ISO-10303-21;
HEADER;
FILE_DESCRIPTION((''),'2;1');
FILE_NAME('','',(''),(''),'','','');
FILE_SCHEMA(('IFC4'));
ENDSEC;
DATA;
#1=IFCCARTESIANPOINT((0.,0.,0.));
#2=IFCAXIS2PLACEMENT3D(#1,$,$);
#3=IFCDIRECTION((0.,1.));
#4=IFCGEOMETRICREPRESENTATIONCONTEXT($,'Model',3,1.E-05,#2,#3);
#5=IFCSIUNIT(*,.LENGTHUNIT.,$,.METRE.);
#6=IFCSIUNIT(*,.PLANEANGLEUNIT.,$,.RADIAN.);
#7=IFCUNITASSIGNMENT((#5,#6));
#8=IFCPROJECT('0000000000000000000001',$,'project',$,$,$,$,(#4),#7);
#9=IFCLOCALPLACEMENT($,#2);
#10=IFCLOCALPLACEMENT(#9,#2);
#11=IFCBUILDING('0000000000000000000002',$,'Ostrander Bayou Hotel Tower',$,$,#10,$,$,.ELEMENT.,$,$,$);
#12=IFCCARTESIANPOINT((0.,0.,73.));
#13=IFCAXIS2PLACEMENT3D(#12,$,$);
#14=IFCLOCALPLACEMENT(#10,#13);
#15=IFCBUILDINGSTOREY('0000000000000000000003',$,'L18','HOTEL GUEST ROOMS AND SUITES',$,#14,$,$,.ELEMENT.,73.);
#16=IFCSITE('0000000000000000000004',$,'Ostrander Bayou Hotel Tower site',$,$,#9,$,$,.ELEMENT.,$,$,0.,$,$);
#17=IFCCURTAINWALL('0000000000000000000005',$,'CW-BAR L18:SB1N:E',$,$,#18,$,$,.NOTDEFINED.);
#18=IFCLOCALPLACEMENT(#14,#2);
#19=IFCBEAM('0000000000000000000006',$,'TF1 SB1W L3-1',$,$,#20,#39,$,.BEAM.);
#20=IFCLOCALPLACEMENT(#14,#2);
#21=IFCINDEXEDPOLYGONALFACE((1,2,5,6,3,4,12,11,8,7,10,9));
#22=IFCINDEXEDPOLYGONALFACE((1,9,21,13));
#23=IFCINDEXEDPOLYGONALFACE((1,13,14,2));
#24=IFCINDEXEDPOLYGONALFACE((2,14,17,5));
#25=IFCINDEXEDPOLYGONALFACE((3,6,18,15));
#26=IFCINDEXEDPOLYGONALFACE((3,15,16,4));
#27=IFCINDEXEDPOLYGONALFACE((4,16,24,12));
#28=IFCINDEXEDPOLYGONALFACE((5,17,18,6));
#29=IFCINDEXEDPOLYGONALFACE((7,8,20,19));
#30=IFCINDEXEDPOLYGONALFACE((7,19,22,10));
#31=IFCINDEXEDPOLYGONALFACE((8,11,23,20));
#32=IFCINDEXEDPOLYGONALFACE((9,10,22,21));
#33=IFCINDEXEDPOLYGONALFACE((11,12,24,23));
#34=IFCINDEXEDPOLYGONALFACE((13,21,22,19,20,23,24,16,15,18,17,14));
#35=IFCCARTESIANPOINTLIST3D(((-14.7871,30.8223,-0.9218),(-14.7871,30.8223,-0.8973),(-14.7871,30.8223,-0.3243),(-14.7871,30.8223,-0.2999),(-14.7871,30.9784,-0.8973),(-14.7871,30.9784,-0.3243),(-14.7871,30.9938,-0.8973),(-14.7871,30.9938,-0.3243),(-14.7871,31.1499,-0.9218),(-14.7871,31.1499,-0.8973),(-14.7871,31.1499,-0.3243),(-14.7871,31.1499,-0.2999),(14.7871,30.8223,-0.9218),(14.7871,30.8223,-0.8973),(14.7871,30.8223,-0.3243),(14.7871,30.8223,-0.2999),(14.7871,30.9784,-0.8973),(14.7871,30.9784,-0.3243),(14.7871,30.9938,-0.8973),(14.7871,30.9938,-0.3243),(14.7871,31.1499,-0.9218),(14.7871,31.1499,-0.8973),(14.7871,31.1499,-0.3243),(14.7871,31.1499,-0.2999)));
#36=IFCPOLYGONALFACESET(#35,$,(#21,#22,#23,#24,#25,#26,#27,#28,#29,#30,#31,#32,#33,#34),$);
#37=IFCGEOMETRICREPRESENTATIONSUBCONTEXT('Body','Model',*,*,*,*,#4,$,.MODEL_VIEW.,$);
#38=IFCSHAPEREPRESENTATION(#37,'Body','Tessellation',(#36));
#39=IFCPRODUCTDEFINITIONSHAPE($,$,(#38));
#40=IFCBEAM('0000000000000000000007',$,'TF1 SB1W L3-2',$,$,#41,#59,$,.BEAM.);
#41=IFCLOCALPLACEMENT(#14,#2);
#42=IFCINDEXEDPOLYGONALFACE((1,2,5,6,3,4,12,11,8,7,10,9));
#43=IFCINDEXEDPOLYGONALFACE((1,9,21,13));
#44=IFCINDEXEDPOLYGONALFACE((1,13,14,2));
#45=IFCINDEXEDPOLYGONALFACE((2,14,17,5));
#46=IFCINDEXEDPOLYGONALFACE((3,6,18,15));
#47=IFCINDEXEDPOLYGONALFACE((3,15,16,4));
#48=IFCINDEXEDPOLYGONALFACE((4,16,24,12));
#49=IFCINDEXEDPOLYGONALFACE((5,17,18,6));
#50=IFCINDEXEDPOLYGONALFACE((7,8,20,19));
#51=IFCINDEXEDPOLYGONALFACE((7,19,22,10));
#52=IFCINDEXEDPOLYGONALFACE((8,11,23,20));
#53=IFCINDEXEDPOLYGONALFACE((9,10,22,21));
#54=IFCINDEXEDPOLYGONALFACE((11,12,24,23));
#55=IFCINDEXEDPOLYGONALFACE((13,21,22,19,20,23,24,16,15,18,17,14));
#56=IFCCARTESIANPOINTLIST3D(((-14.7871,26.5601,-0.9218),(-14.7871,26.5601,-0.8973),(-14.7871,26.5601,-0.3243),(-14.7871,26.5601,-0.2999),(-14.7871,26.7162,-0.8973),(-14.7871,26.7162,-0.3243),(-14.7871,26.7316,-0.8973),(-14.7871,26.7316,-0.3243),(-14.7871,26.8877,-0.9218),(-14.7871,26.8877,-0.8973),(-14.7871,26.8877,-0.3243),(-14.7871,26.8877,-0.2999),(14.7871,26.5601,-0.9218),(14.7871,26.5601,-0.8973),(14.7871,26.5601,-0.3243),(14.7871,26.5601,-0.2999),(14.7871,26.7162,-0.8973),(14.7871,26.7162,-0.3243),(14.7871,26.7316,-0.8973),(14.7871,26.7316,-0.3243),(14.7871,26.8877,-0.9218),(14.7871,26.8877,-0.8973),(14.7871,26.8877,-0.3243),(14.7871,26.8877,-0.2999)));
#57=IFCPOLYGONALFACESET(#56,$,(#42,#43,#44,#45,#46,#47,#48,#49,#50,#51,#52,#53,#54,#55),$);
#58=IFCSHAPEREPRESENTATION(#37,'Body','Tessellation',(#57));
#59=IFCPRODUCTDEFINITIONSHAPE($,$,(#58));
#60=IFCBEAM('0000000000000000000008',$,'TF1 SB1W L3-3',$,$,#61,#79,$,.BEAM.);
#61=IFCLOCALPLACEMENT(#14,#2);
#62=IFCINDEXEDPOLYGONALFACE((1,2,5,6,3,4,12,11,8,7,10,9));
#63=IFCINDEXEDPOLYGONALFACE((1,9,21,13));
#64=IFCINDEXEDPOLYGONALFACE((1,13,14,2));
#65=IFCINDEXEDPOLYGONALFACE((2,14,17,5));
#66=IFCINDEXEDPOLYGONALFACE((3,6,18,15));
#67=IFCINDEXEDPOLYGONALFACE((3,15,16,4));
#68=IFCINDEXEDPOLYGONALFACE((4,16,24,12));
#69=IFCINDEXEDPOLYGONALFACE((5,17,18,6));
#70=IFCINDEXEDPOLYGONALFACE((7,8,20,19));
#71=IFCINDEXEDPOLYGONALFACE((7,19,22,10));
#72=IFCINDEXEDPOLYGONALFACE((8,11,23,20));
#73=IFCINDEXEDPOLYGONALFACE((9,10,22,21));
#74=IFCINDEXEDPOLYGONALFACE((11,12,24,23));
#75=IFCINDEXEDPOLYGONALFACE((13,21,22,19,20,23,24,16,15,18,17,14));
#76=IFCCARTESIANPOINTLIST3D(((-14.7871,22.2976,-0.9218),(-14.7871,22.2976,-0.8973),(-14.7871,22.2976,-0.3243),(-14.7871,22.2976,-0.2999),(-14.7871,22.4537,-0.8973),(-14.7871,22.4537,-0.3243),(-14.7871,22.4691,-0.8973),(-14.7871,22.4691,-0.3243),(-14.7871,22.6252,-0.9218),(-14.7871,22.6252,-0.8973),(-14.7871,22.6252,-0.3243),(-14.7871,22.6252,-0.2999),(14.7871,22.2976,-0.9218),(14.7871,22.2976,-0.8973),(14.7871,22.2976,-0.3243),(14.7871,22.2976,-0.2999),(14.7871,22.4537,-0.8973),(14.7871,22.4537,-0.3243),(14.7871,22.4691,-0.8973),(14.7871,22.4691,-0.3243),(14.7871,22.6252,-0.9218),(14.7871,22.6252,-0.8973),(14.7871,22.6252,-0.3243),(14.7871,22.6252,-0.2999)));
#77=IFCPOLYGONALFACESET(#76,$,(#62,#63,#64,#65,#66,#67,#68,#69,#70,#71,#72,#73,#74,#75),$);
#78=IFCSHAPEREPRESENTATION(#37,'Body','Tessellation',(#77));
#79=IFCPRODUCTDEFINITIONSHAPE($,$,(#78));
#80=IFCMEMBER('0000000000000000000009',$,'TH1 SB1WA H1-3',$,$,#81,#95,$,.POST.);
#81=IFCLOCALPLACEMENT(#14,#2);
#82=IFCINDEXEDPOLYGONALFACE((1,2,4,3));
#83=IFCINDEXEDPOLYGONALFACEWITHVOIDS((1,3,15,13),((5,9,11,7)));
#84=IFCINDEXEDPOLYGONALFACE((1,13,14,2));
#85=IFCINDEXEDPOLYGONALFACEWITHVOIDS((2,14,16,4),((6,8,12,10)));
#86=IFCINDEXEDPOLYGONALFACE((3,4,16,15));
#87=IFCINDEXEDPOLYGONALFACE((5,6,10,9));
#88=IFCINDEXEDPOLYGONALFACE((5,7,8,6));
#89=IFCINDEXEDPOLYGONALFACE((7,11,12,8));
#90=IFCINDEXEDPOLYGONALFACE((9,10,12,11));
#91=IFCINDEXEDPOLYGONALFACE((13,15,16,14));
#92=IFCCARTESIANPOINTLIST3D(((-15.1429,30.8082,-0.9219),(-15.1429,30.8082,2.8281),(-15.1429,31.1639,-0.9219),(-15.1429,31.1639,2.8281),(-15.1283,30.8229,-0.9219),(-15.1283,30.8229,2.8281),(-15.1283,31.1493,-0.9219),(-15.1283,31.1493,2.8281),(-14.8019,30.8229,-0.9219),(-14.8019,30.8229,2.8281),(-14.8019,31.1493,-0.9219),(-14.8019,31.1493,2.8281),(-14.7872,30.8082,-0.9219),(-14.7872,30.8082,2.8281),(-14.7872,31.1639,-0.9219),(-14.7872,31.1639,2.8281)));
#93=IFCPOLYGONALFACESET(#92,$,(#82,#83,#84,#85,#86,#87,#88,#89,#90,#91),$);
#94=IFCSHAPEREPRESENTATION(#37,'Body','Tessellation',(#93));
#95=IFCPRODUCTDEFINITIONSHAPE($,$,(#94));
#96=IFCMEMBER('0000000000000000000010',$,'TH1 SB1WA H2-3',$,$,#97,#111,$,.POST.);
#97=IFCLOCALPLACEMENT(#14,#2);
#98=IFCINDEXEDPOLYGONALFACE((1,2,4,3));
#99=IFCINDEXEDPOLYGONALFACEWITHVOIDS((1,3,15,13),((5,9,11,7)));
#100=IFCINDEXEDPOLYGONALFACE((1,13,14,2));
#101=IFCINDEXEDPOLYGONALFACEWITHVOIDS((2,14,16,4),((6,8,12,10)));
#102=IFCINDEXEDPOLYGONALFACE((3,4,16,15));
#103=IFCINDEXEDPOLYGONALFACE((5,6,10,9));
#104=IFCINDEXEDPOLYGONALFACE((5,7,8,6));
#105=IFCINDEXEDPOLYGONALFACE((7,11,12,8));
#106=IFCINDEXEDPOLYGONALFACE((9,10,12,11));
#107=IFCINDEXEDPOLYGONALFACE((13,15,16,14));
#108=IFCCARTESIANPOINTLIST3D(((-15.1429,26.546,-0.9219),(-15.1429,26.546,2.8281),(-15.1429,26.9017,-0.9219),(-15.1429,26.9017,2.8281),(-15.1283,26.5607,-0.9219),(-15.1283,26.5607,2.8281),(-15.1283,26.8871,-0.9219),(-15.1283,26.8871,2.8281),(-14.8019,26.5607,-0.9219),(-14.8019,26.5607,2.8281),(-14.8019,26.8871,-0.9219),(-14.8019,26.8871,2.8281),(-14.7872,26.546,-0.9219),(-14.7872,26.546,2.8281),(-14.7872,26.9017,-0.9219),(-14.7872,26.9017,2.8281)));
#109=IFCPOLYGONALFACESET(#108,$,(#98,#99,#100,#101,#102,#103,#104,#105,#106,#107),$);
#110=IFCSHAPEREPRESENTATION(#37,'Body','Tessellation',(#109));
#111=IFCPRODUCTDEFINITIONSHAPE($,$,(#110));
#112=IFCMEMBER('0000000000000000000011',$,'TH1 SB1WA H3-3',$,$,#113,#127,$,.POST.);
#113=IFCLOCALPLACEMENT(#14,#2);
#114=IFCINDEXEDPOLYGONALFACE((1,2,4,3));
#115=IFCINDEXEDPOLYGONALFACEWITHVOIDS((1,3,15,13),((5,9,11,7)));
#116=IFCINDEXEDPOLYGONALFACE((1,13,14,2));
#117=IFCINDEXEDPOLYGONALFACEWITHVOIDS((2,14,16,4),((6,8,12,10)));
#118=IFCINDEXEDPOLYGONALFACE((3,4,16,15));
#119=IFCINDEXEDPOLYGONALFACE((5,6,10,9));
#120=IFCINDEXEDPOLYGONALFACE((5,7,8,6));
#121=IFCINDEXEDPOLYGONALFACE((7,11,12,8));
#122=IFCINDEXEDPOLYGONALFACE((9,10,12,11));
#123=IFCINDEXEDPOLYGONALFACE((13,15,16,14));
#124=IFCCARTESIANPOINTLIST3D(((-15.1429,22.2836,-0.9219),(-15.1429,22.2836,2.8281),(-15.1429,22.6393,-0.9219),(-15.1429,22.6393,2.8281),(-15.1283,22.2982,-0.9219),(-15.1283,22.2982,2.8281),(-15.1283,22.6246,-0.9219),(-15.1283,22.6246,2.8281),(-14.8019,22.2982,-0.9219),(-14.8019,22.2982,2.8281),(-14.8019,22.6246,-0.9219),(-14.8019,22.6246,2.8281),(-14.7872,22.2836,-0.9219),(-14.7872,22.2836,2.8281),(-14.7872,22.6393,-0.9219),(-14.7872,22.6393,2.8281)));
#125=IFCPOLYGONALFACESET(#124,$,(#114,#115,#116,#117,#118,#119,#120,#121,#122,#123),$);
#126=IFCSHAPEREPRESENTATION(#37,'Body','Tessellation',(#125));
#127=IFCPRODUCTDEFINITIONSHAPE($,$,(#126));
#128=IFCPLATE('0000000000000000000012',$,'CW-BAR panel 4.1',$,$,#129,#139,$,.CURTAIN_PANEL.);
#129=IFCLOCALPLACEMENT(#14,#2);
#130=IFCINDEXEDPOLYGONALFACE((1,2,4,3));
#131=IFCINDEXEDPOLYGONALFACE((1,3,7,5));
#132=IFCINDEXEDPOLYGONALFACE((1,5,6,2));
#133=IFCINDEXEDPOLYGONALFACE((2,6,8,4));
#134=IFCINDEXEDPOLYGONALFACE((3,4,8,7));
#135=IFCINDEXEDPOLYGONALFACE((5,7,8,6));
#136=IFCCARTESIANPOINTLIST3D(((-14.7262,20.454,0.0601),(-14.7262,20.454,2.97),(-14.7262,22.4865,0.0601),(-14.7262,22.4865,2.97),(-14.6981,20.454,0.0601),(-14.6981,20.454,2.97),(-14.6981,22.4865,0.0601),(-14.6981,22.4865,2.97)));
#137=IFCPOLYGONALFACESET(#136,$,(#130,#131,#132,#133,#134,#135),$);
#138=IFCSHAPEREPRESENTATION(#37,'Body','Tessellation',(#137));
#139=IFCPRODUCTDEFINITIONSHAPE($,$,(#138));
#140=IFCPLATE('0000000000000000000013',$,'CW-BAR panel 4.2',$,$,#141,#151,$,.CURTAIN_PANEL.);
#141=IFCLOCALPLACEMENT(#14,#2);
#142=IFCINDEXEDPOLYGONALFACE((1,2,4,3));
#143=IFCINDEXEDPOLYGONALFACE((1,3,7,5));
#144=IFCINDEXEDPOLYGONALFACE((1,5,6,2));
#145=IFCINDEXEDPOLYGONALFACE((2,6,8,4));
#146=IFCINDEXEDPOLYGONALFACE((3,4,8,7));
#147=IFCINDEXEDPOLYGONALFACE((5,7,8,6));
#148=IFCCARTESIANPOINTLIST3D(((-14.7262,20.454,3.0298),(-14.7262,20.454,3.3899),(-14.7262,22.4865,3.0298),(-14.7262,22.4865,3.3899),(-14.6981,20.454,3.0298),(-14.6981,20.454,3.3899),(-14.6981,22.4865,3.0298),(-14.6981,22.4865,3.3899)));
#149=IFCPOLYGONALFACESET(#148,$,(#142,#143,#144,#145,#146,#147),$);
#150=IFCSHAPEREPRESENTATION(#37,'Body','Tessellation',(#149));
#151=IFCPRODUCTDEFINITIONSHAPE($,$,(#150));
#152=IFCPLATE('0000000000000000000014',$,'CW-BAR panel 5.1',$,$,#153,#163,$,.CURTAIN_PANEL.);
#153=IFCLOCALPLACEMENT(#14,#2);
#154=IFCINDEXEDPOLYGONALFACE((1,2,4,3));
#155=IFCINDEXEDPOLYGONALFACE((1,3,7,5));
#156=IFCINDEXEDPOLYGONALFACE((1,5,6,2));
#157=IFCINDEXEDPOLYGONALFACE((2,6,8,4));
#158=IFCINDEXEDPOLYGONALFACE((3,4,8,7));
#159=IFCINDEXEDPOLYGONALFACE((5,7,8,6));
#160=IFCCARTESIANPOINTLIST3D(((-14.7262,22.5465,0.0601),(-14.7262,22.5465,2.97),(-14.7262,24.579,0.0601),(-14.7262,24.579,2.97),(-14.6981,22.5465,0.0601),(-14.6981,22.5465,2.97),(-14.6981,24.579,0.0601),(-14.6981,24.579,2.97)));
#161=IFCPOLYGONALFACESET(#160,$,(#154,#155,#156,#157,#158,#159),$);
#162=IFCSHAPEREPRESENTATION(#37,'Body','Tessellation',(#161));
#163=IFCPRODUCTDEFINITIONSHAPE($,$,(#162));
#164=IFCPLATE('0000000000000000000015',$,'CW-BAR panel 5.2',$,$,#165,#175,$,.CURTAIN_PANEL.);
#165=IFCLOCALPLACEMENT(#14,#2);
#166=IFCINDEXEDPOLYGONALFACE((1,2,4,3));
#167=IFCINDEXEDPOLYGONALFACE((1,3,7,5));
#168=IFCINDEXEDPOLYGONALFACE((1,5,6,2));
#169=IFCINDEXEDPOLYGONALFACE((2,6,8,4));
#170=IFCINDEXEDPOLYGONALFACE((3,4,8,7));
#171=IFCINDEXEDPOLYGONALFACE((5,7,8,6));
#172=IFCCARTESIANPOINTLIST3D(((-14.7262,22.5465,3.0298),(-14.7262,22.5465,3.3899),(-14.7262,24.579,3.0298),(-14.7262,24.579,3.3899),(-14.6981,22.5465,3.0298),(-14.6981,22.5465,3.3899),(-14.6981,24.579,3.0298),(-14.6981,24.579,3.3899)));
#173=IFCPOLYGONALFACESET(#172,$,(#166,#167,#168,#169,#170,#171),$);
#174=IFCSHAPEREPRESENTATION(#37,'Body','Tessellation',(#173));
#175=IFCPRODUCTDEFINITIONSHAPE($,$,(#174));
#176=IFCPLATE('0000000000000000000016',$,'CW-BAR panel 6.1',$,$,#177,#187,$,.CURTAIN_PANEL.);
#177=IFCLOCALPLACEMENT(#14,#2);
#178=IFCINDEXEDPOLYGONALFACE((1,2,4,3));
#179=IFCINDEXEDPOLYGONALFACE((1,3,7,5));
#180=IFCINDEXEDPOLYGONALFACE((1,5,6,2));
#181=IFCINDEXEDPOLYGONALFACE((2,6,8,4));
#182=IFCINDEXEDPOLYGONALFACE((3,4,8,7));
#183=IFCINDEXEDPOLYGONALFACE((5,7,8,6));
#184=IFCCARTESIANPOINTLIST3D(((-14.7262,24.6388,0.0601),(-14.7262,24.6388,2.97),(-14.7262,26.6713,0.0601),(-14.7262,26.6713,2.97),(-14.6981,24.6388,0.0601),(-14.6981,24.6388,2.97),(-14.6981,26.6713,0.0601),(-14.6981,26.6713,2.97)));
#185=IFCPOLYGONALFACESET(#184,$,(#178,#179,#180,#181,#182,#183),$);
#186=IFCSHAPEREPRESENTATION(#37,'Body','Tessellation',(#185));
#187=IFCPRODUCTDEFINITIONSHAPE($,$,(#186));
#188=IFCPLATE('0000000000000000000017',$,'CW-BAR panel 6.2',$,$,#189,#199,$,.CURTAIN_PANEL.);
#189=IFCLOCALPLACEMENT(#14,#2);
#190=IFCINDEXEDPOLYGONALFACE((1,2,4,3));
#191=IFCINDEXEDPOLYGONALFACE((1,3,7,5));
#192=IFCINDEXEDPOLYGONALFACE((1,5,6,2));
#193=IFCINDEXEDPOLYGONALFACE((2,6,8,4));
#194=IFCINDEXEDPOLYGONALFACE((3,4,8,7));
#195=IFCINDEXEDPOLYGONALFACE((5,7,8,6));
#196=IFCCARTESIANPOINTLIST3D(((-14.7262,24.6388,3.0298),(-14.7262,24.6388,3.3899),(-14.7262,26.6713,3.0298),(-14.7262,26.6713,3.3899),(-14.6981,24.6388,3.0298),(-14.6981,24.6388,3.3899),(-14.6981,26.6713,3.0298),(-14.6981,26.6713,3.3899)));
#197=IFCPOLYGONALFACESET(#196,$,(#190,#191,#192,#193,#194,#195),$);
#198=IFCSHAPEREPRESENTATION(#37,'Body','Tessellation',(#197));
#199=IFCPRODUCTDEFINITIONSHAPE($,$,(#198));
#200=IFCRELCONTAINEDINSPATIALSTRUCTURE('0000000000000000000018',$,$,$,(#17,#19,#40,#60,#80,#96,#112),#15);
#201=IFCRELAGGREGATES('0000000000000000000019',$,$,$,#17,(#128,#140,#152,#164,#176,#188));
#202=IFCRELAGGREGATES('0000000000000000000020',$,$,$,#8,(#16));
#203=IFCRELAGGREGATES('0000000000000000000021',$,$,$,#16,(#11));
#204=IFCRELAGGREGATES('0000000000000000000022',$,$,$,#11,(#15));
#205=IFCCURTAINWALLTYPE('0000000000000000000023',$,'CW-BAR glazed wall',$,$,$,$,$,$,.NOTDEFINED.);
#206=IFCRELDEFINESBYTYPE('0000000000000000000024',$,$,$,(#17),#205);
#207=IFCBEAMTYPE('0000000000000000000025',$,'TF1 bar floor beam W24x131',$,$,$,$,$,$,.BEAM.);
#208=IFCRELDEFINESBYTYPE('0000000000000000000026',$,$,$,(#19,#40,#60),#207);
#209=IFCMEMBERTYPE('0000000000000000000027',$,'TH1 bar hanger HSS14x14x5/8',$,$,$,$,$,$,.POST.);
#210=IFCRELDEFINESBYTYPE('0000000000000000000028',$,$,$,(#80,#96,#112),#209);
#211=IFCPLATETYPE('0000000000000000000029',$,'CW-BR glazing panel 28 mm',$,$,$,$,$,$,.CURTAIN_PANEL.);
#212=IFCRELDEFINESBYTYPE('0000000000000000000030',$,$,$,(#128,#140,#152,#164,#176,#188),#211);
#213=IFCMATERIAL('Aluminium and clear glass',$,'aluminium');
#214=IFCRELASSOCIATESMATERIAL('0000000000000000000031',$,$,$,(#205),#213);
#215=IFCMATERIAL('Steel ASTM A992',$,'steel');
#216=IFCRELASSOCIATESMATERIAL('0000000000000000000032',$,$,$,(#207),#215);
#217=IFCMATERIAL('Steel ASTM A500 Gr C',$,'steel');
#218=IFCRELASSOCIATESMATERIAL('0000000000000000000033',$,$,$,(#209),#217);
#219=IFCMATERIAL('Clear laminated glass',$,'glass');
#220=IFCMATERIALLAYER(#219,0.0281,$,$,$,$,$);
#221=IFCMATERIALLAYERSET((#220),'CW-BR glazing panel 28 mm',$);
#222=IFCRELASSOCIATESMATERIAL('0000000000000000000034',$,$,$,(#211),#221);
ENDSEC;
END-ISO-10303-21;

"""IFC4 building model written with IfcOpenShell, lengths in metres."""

from ifc_helpers import new_model, si_unit, direction, frame, origin, origin_2d, place, context, subcontext, project, spatial, rectangle, hollow_rectangle, i_section, extrude, material, layer, layer_set, material_profile, profile_set, type_object, element, aggregate, save


model = new_model("IFC4")

# Units and contexts
model_context = context("Model", 3, precision=1e-05, world=origin(), true_north=direction((0.0, 1.0)))
body_context = subcontext(model_context, "Body", "Model", "MODEL_VIEW")
ifc_project = project(units=[si_unit("LENGTHUNIT", "METRE"), si_unit("PLANEANGLEUNIT", "RADIAN")], contexts=[model_context])

# Site, building, storey
site_placement = place(None, origin())
site = spatial("IfcSite", under=ifc_project, at=site_placement, Name="Ostrander Bayou Hotel Tower site", CompositionType="ELEMENT", RefElevation=0.0)
building_placement = place(site_placement, origin())
building = spatial("IfcBuilding", under=site, at=building_placement, Name="Ostrander Bayou Hotel Tower", CompositionType="ELEMENT")
storey_placement = place(building_placement, frame((0.0, 0.0, 73.0)))
storey = spatial("IfcBuildingStorey", under=building, at=storey_placement, Name="L18", Description="HOTEL GUEST ROOMS AND SUITES", CompositionType="ELEMENT", Elevation=73.0)

# Curtain wall
ifc_material_1 = material(Name="Aluminium and clear glass", Category="aluminium")
curtain_wall_type = type_object("IfcCurtainWallType", Name="CW-BAR glazed wall", PredefinedType="NOTDEFINED", material=ifc_material_1)
curtain_wall_1_placement = place(storey_placement, origin())
curtain_wall_1 = element("IfcCurtainWall", 1, at=curtain_wall_1_placement, inside=storey, type_object=curtain_wall_type, Name="CW-BAR L18:SB1N:E", PredefinedType="NOTDEFINED")

# Beams
ifc_material_2 = material(Name="Steel ASTM A992", Category="steel")
ifc_material_profile_1 = material_profile(ifc_material_2, i_section(OverallWidth=0.3276, OverallDepth=0.6218, WebThickness=0.0154, FlangeThickness=0.0244, at=origin_2d()))
ifc_profile_set_1 = profile_set([ifc_material_profile_1], Name="Steel ASTM A992")
beam_type = type_object("IfcBeamType", Name="TF1 bar floor beam W24x131", PredefinedType="BEAM", material=ifc_profile_set_1)
for number, where, z_axis, x_axis, name in (
    (2, (-14.7871, 30.9861, -0.6108), (1.0, 0.0, 0.0), (0.0, 1.0, 0.0), "TF1 SB1W L3-1"),
    (3, (-14.7871, 26.7239, -0.6108), (1.0, 0.0, 0.0), (0.0, 1.0, 0.0), "TF1 SB1W L3-2"),
    (4, (-14.7871, 22.4614, -0.6108), (1.0, 0.0, 0.0), (0.0, 1.0, 0.0), "TF1 SB1W L3-3"),
):
    element("IfcBeam", number, at=place(storey_placement, frame(where, z_axis=z_axis, x_axis=x_axis)), inside=storey, type_object=beam_type, Name=name, PredefinedType="BEAM", context=body_context, shape_type="SweptSolid", body=[
        extrude(i_section(OverallWidth=0.3276, OverallDepth=0.6218, WebThickness=0.0154, FlangeThickness=0.0244, at=origin_2d()), origin(), (0.0, 0.0, 1.0), 29.5742),
    ])

# Members
ifc_material_3 = material(Name="Steel ASTM A500 Gr C", Category="steel")
ifc_material_profile_2 = material_profile(ifc_material_3, hollow_rectangle(XDim=0.3557, YDim=0.3557, WallThickness=0.0146, at=origin_2d()))
ifc_profile_set_2 = profile_set([ifc_material_profile_2], Name="Steel ASTM A500 Gr C")
member_type_1 = type_object("IfcMemberType", Name="TH1 bar hanger HSS14x14x5/8", PredefinedType="POST", material=ifc_profile_set_2)
for number, where, z_axis, x_axis, name in (
    (5, (-14.9651, 30.9861, -0.9219), (0.0, 0.0, 1.0), (1.0, 0.0, 0.0), "TH1 SB1WA H1-3"),
    (6, (-14.9651, 26.7239, -0.9219), (0.0, 0.0, 1.0), (1.0, 0.0, 0.0), "TH1 SB1WA H2-3"),
    (7, (-14.9651, 22.4614, -0.9219), (0.0, 0.0, 1.0), (1.0, 0.0, 0.0), "TH1 SB1WA H3-3"),
):
    element("IfcMember", number, at=place(storey_placement, frame(where, z_axis=z_axis, x_axis=x_axis)), inside=storey, type_object=member_type_1, Name=name, PredefinedType="POST", context=body_context, shape_type="SweptSolid", body=[
        extrude(hollow_rectangle(XDim=0.3557, YDim=0.3557, WallThickness=0.0146, at=origin_2d()), origin(), (0.0, 0.0, 1.0), 3.75),
    ])

# Plates
ifc_material_4 = material(Name="Clear laminated glass", Category="glass")
ifc_layer_1 = layer(ifc_material_4, 0.0281)
ifc_layer_set_1 = layer_set([ifc_layer_1], Name="CW-BR glazing panel 28 mm")
plate_type = type_object("IfcPlateType", Name="CW-BR glazing panel 28 mm", PredefinedType="CURTAIN_PANEL", material=ifc_layer_set_1)
plate_1_placement = place(storey_placement, frame((-14.7122, 21.4702, 0.0601), z_axis=(0.0, 0.0, 1.0), x_axis=(0.0, 1.0, 0.0)))
plate_1 = element("IfcPlate", 8, at=plate_1_placement, type_object=plate_type, Name="CW-BAR panel 4.1", PredefinedType="CURTAIN_PANEL", context=body_context, shape_type="SweptSolid", body=[
    extrude(rectangle(XDim=2.0325, YDim=0.0281, at=origin_2d()), origin(), (0.0, 0.0, 1.0), 2.9099),
])
plate_2_placement = place(storey_placement, frame((-14.7122, 21.4702, 3.0298), z_axis=(0.0, 0.0, 1.0), x_axis=(0.0, 1.0, 0.0)))
plate_2 = element("IfcPlate", 9, at=plate_2_placement, type_object=plate_type, Name="CW-BAR panel 4.2", PredefinedType="CURTAIN_PANEL", context=body_context, shape_type="SweptSolid", body=[
    extrude(rectangle(XDim=2.0325, YDim=0.0281, at=origin_2d()), origin(), (0.0, 0.0, 1.0), 0.3601),
])
plate_3_placement = place(storey_placement, frame((-14.7122, 23.5627, 0.0601), z_axis=(0.0, 0.0, 1.0), x_axis=(0.0, 1.0, 0.0)))
plate_3 = element("IfcPlate", 10, at=plate_3_placement, type_object=plate_type, Name="CW-BAR panel 5.1", PredefinedType="CURTAIN_PANEL", context=body_context, shape_type="SweptSolid", body=[
    extrude(rectangle(XDim=2.0325, YDim=0.0281, at=origin_2d()), origin(), (0.0, 0.0, 1.0), 2.9099),
])
plate_4_placement = place(storey_placement, frame((-14.7122, 23.5627, 3.0298), z_axis=(0.0, 0.0, 1.0), x_axis=(0.0, 1.0, 0.0)))
plate_4 = element("IfcPlate", 11, at=plate_4_placement, type_object=plate_type, Name="CW-BAR panel 5.2", PredefinedType="CURTAIN_PANEL", context=body_context, shape_type="SweptSolid", body=[
    extrude(rectangle(XDim=2.0325, YDim=0.0281, at=origin_2d()), origin(), (0.0, 0.0, 1.0), 0.3601),
])
plate_5_placement = place(storey_placement, frame((-14.7122, 25.655, 0.0601), z_axis=(0.0, 0.0, 1.0), x_axis=(0.0, 1.0, 0.0)))
plate_5 = element("IfcPlate", 12, at=plate_5_placement, type_object=plate_type, Name="CW-BAR panel 6.1", PredefinedType="CURTAIN_PANEL", context=body_context, shape_type="SweptSolid", body=[
    extrude(rectangle(XDim=2.0325, YDim=0.0281, at=origin_2d()), origin(), (0.0, 0.0, 1.0), 2.9099),
])
plate_6_placement = place(storey_placement, frame((-14.7122, 25.655, 3.0298), z_axis=(0.0, 0.0, 1.0), x_axis=(0.0, 1.0, 0.0)))
plate_6 = element("IfcPlate", 13, at=plate_6_placement, type_object=plate_type, Name="CW-BAR panel 6.2", PredefinedType="CURTAIN_PANEL", context=body_context, shape_type="SweptSolid", body=[
    extrude(rectangle(XDim=2.0325, YDim=0.0281, at=origin_2d()), origin(), (0.0, 0.0, 1.0), 0.3601),
])
aggregate(curtain_wall_1, [plate_1, plate_2, plate_3, plate_4, plate_5, plate_6])

save(model, "model.ifc")
